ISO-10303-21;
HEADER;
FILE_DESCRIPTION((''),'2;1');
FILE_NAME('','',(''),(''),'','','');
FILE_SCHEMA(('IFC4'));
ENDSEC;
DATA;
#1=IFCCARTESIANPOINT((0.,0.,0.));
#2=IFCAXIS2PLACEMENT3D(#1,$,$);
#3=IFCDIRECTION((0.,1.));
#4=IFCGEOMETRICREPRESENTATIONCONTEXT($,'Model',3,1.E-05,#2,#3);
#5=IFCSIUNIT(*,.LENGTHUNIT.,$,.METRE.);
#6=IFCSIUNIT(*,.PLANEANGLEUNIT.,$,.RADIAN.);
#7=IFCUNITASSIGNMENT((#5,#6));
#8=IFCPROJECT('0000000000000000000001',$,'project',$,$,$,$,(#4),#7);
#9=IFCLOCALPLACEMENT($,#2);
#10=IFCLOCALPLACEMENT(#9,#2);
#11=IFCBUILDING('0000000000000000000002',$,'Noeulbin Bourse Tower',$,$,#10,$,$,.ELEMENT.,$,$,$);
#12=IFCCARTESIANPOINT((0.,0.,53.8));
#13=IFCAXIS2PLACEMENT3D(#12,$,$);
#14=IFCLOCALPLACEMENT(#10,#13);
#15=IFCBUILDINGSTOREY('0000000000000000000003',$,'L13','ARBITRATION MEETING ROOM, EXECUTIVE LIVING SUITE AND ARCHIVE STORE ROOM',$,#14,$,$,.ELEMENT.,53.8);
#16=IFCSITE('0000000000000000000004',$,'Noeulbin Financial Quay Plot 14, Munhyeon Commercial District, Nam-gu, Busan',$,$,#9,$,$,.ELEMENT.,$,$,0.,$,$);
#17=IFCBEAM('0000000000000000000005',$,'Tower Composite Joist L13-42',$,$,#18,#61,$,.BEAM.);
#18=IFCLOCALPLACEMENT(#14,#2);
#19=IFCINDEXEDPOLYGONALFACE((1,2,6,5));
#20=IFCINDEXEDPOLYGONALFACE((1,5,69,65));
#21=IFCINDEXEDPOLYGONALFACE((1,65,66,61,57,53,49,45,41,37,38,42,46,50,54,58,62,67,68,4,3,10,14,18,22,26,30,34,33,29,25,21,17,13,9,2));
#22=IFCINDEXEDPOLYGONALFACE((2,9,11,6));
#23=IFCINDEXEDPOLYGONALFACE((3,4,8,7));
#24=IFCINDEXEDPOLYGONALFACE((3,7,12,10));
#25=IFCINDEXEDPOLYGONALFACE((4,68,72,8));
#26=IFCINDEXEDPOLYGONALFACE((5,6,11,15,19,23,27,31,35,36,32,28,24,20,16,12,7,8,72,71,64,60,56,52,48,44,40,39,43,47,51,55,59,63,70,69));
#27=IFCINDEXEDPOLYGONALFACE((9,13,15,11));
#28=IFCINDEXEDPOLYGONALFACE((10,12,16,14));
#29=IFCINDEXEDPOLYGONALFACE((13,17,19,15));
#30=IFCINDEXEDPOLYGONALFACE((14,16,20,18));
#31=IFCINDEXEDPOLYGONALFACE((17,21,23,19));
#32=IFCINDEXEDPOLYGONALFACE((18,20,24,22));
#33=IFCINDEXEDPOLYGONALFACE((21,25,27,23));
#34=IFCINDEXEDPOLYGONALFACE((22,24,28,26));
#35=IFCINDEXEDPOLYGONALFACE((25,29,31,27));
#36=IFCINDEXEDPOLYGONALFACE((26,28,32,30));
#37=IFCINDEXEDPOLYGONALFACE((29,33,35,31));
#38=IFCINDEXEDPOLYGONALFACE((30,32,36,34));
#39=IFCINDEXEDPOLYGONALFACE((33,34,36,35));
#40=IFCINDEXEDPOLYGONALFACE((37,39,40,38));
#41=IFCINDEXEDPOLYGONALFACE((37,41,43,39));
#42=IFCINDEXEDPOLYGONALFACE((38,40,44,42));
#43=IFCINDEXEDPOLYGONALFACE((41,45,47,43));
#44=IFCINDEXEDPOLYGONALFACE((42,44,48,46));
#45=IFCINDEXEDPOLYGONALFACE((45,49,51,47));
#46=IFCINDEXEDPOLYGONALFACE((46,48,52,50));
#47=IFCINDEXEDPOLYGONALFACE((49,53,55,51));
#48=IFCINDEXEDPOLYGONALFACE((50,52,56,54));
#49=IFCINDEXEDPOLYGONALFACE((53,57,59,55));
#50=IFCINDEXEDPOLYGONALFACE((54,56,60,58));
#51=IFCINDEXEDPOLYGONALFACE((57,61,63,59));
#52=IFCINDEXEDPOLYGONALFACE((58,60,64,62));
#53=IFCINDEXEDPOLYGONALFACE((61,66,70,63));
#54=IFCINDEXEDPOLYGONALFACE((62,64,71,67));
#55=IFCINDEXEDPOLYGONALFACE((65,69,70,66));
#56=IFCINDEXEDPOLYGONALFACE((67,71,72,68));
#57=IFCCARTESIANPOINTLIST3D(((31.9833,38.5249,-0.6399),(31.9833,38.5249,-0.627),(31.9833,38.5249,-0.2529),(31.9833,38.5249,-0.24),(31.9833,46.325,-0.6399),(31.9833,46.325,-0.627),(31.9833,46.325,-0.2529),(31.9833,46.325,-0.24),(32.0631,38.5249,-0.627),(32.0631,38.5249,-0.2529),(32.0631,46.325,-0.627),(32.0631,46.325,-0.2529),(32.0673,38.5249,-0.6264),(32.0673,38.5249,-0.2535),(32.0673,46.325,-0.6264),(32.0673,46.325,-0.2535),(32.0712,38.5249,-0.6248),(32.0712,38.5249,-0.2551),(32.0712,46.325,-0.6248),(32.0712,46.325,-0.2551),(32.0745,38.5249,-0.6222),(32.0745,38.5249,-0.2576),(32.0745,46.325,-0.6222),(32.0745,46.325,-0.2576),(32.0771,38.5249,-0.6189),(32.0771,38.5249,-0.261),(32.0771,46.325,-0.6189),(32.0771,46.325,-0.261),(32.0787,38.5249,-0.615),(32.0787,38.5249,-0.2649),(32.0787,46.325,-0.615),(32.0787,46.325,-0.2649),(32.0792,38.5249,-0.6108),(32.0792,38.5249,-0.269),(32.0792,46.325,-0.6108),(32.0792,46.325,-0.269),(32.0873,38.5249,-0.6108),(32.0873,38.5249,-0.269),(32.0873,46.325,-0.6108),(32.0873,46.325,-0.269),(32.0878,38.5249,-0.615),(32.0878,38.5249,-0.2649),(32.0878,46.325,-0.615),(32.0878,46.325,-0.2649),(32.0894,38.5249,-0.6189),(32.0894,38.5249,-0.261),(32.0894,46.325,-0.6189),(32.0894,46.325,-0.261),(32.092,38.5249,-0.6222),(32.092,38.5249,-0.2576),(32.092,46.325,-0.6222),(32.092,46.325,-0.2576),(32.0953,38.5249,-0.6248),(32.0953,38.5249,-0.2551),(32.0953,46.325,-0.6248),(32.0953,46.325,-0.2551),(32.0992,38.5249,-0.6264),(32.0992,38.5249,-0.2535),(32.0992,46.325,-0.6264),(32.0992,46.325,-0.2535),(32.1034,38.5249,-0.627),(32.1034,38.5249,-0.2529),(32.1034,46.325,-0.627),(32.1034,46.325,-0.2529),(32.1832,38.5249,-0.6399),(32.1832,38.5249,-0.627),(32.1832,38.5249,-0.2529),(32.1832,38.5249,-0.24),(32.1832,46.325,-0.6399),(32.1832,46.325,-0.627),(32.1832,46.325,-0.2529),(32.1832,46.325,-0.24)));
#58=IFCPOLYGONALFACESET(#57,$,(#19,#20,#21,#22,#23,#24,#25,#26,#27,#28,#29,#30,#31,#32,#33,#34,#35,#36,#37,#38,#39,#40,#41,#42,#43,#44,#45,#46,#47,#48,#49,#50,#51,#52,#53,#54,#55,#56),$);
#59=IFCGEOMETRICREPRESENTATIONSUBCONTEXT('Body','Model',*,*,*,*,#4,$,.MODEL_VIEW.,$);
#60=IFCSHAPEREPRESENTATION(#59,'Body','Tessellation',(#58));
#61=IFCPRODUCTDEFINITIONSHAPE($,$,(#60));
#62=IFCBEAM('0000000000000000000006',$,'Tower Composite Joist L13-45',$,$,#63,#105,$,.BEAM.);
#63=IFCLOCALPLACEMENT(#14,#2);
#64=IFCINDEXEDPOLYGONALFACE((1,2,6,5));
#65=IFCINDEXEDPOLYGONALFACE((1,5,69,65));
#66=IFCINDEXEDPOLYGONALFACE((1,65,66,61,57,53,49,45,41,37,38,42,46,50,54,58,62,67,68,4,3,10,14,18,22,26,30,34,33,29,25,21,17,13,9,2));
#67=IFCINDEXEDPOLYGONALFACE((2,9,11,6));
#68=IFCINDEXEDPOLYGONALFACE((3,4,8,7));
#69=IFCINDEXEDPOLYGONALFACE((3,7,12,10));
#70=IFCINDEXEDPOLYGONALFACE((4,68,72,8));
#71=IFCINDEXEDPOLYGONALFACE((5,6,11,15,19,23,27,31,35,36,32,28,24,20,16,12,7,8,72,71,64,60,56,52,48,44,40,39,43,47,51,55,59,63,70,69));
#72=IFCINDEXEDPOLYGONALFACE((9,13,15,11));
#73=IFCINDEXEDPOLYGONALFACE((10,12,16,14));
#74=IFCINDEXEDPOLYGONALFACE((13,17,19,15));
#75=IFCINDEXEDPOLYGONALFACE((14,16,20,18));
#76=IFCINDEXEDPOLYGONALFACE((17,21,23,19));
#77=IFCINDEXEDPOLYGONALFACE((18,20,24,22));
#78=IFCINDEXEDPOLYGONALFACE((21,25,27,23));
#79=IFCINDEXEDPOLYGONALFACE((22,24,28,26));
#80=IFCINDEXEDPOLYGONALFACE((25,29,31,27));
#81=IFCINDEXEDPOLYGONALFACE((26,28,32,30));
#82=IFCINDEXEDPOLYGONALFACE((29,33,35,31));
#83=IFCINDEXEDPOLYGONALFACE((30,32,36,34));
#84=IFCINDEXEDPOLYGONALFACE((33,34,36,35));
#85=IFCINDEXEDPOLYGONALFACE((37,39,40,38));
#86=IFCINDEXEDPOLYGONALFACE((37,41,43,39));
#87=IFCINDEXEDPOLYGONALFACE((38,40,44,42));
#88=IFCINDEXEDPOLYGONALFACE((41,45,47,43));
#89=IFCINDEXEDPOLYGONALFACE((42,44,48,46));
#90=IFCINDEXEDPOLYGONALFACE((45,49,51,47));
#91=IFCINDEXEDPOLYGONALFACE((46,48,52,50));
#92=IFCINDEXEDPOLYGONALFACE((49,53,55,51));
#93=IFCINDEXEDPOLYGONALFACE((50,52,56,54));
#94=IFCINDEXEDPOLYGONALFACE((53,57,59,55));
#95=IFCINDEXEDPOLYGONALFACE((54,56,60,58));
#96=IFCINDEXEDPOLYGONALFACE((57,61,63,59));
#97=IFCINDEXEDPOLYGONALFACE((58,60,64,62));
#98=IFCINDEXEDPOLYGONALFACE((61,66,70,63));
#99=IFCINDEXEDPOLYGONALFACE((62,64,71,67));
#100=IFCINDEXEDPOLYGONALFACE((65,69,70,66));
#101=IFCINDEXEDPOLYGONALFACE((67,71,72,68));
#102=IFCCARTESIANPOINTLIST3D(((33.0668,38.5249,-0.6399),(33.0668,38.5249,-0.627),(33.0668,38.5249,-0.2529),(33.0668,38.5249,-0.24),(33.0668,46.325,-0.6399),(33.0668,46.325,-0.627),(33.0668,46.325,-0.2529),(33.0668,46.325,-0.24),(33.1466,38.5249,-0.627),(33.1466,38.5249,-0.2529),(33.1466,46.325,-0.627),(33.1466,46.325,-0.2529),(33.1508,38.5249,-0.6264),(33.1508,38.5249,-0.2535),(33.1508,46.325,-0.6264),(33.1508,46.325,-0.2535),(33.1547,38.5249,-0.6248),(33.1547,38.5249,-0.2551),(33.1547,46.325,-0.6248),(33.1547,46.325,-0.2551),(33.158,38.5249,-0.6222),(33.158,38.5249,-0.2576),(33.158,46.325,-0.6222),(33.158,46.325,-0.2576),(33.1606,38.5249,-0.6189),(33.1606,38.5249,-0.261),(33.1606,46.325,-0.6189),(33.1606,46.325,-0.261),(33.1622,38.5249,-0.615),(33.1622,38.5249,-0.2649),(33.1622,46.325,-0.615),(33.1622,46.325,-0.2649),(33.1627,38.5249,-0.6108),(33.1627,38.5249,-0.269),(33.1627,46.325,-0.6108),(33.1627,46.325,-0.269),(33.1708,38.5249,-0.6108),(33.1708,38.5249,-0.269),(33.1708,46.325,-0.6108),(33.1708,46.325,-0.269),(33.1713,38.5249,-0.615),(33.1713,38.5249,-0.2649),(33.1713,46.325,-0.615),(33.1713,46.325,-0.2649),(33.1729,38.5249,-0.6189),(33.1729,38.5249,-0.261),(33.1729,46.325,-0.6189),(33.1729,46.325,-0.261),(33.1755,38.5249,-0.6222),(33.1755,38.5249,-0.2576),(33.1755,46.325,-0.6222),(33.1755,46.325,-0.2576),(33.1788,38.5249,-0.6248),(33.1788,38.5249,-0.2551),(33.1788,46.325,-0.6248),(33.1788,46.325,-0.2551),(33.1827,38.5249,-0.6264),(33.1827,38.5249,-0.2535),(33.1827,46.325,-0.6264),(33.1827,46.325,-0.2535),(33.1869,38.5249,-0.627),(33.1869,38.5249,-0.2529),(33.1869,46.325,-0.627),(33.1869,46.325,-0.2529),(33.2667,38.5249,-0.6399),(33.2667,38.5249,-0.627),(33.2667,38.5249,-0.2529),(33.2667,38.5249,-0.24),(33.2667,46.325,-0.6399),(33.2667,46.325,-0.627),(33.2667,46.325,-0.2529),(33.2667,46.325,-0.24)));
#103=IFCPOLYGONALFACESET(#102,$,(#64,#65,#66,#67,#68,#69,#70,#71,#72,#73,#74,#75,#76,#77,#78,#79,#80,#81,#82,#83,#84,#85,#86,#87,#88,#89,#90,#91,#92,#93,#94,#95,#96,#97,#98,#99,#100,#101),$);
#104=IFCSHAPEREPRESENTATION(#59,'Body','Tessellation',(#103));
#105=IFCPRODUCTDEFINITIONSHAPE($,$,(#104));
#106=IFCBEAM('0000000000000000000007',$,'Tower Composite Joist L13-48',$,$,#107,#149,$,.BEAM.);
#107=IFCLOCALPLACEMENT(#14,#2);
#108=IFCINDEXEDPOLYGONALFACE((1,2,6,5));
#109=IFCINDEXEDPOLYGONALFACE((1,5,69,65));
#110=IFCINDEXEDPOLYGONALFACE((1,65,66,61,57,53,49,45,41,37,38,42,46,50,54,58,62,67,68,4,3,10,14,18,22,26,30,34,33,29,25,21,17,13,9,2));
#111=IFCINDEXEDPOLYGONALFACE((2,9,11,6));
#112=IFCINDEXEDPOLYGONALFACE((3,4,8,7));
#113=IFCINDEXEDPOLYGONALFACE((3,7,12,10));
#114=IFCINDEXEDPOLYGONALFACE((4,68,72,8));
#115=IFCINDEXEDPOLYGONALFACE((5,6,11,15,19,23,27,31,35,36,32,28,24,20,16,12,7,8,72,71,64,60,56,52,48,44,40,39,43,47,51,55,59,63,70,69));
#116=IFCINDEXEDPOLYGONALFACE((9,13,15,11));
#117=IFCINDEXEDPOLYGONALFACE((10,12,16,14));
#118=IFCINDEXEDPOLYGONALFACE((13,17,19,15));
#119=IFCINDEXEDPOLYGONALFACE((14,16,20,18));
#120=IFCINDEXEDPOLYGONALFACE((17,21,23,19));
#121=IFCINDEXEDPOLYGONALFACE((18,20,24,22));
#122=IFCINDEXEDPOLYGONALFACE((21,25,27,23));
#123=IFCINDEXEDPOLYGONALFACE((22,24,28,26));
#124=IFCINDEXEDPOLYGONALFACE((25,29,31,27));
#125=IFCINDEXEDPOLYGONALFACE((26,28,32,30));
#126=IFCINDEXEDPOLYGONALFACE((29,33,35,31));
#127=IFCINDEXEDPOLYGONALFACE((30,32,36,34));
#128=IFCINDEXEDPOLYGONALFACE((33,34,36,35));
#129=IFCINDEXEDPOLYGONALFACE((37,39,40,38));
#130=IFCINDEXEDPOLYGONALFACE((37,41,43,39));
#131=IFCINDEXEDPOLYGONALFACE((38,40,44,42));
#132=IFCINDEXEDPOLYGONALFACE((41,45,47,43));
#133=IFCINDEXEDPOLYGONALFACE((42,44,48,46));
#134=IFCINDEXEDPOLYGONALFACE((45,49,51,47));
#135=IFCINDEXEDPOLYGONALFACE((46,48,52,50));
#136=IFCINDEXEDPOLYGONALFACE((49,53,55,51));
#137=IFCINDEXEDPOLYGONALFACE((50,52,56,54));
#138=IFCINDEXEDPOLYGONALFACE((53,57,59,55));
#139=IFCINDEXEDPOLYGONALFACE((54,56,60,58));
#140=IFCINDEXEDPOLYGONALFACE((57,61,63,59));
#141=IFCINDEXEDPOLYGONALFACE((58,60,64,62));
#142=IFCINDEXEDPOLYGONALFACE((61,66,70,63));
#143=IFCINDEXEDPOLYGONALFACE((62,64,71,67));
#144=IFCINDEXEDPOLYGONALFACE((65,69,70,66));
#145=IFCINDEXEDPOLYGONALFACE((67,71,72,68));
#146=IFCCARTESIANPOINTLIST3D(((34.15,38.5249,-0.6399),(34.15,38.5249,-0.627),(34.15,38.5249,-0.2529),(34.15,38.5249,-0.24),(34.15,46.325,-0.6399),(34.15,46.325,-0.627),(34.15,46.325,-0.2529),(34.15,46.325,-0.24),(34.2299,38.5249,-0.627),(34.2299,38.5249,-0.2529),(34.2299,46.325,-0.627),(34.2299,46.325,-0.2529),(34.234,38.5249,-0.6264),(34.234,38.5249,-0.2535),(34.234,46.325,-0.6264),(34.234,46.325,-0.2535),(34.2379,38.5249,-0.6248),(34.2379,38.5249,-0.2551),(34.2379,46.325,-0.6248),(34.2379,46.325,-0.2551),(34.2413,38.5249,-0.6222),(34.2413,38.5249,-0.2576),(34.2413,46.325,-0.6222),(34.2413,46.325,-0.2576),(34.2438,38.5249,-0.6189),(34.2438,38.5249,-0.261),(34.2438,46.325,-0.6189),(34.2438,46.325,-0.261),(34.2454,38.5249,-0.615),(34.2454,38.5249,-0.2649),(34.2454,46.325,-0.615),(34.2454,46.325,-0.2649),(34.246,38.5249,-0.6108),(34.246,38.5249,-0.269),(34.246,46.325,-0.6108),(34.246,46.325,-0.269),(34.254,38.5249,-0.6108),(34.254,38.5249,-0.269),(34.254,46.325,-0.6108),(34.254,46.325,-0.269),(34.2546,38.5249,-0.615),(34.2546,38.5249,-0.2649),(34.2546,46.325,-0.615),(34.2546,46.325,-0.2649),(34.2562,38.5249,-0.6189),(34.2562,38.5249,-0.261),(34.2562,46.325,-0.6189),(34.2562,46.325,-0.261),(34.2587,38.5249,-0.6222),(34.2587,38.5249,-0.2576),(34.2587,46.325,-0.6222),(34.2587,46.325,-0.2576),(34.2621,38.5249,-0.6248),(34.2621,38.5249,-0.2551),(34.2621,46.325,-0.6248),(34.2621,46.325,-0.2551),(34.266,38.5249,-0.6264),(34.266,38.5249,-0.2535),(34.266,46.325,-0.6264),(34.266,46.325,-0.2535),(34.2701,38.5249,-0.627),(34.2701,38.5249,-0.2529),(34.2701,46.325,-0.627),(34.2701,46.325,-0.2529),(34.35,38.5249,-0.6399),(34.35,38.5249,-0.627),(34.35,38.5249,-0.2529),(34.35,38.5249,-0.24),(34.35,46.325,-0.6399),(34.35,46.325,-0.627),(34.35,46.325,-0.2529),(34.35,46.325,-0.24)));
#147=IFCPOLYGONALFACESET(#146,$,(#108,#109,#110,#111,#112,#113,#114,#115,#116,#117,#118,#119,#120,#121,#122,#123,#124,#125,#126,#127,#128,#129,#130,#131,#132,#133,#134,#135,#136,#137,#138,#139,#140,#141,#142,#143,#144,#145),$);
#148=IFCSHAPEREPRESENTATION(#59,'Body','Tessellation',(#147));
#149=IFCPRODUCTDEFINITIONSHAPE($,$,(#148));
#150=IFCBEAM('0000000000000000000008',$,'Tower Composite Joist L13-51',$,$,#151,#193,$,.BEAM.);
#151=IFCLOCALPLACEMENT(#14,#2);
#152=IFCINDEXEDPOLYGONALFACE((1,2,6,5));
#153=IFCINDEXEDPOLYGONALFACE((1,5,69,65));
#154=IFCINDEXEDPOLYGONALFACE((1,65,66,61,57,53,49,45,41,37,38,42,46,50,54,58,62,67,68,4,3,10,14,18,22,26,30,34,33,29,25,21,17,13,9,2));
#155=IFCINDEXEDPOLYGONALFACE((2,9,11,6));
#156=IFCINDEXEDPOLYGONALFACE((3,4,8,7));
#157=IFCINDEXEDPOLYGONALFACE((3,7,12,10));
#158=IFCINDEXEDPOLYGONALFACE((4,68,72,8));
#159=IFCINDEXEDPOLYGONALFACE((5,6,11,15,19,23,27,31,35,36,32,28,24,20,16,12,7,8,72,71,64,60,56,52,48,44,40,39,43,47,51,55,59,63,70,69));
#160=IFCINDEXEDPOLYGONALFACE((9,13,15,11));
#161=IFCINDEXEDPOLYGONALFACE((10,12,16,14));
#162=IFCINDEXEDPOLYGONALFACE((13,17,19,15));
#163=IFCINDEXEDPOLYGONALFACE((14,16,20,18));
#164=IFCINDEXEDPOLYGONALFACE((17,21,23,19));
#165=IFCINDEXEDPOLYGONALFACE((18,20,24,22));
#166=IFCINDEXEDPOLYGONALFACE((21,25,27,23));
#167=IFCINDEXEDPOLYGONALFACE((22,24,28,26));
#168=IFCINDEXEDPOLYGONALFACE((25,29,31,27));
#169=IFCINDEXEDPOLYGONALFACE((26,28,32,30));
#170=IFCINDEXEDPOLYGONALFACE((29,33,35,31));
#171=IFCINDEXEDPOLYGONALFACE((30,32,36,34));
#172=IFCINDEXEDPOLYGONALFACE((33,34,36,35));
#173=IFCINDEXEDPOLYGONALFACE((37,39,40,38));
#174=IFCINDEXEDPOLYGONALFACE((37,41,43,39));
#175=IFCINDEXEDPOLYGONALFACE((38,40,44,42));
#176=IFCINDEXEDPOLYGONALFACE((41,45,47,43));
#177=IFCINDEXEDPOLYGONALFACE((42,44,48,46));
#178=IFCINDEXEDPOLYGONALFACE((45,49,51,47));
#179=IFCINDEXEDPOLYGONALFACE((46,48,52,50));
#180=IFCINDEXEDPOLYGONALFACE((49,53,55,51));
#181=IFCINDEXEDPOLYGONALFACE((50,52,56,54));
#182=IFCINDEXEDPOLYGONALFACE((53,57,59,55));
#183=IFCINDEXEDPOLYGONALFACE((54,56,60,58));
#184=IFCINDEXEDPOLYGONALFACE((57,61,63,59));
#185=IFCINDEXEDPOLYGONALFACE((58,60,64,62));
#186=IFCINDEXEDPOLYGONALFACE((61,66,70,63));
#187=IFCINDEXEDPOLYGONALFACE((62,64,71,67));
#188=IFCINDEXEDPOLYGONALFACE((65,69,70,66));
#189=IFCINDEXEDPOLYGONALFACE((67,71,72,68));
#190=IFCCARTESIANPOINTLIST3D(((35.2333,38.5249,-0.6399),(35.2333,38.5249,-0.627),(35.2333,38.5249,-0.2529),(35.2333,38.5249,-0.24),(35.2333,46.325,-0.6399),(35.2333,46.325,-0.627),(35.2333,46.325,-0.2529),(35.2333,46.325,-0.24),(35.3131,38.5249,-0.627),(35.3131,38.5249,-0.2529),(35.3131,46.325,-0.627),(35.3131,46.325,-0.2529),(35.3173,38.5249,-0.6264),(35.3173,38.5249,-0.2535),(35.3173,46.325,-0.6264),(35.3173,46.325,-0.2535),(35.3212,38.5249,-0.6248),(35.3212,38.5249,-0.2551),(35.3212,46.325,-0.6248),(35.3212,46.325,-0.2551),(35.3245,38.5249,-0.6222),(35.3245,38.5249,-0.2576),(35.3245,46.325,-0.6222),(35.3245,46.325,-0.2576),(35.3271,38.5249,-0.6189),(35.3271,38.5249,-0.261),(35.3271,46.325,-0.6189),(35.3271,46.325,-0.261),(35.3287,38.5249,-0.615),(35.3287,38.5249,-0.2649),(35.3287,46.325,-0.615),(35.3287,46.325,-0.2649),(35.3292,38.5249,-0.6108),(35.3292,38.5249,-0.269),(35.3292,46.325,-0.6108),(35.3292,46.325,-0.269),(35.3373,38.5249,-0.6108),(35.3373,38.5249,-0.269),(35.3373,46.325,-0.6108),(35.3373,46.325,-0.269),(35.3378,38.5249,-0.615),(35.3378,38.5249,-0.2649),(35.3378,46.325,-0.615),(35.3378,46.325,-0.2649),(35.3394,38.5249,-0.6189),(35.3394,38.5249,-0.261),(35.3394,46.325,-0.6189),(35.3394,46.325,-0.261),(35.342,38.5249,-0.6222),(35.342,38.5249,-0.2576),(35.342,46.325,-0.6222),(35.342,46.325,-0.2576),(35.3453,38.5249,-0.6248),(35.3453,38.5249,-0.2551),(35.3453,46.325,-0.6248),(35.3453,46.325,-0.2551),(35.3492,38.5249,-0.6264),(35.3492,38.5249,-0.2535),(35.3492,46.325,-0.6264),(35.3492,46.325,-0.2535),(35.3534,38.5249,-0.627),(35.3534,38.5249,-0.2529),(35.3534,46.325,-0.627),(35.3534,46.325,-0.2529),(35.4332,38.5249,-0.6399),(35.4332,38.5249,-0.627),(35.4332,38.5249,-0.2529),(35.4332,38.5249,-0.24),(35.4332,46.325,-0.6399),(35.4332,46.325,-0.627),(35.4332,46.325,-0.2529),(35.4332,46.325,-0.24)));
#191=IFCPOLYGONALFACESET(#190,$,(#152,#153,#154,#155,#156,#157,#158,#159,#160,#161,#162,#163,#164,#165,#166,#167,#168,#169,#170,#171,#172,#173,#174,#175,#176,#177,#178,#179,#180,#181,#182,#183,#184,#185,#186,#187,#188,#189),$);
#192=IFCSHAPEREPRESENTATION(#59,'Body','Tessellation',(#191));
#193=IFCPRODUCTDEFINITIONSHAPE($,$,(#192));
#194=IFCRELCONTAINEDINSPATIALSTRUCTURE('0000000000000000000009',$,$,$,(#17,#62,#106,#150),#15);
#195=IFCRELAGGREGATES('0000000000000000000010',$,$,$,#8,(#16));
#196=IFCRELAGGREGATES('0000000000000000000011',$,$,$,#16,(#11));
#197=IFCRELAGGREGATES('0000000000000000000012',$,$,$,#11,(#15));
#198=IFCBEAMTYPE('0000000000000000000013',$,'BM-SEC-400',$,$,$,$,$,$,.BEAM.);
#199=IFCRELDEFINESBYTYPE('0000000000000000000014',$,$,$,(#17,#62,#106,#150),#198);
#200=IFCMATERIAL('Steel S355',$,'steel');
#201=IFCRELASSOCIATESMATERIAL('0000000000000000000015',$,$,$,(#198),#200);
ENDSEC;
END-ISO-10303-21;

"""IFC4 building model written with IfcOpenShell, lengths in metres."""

from ifc_helpers import new_model, si_unit, direction, frame, origin, origin_2d, place, context, subcontext, project, spatial, i_section, extrude, material, material_profile, profile_set, type_object, element, save


model = new_model("IFC4")

# Units and contexts
model_context = context("Model", 3, precision=1e-05, world=origin(), true_north=direction((0.0, 1.0)))
body_context = subcontext(model_context, "Body", "Model", "MODEL_VIEW")
ifc_project = project(units=[si_unit("LENGTHUNIT", "METRE"), si_unit("PLANEANGLEUNIT", "RADIAN")], contexts=[model_context])

# Site, building, storey
site_placement = place(None, origin())
site = spatial("IfcSite", under=ifc_project, at=site_placement, Name="Noeulbin Financial Quay Plot 14, Munhyeon Commercial District, Nam-gu, Busan", CompositionType="ELEMENT", RefElevation=0.0)
building_placement = place(site_placement, origin())
building = spatial("IfcBuilding", under=site, at=building_placement, Name="Noeulbin Bourse Tower", CompositionType="ELEMENT")
storey_placement = place(building_placement, frame((0.0, 0.0, 53.8)))
storey = spatial("IfcBuildingStorey", under=building, at=storey_placement, Name="L13", Description="ARBITRATION MEETING ROOM, EXECUTIVE LIVING SUITE AND ARCHIVE STORE ROOM", CompositionType="ELEMENT", Elevation=53.8)

# Beams
ifc_material_1 = material(Name="Steel S355", Category="steel")
ifc_material_profile_1 = material_profile(ifc_material_1, i_section(OverallWidth=0.2, OverallDepth=0.3999, WebThickness=0.0081, FlangeThickness=0.0129, FilletRadius=0.0161, at=origin_2d()), Name="H-400x200x8x13", Category="LoadBearing")
ifc_profile_set_1 = profile_set([ifc_material_profile_1], Name="Steel S355")
beam_type_1 = type_object("IfcBeamType", Name="BM-SEC-400", PredefinedType="BEAM", material=ifc_profile_set_1)
for number, where, z_axis, x_axis, name in (
    (1, (32.0833, 38.5249, -0.4399), (0.0, 1.0, 0.0), (-1.0, 0.0, 0.0), "Tower Composite Joist L13-42"),
    (2, (33.1667, 38.5249, -0.4399), (0.0, 1.0, 0.0), (-1.0, 0.0, 0.0), "Tower Composite Joist L13-45"),
    (3, (34.25, 38.5249, -0.4399), (0.0, 1.0, 0.0), (-1.0, 0.0, 0.0), "Tower Composite Joist L13-48"),
    (4, (35.3333, 38.5249, -0.4399), (0.0, 1.0, 0.0), (-1.0, 0.0, 0.0), "Tower Composite Joist L13-51"),
):
    element("IfcBeam", number, at=place(storey_placement, frame(where, z_axis=z_axis, x_axis=x_axis)), inside=storey, type_object=beam_type_1, Name=name, PredefinedType="BEAM", context=body_context, shape_type="SweptSolid", body=[
        extrude(i_section(OverallWidth=0.2, OverallDepth=0.3999, WebThickness=0.0081, FlangeThickness=0.0129, FilletRadius=0.0161, at=origin_2d()), origin(), (0.0, 0.0, 1.0), 7.8),
    ])

save(model, "model.ifc")
